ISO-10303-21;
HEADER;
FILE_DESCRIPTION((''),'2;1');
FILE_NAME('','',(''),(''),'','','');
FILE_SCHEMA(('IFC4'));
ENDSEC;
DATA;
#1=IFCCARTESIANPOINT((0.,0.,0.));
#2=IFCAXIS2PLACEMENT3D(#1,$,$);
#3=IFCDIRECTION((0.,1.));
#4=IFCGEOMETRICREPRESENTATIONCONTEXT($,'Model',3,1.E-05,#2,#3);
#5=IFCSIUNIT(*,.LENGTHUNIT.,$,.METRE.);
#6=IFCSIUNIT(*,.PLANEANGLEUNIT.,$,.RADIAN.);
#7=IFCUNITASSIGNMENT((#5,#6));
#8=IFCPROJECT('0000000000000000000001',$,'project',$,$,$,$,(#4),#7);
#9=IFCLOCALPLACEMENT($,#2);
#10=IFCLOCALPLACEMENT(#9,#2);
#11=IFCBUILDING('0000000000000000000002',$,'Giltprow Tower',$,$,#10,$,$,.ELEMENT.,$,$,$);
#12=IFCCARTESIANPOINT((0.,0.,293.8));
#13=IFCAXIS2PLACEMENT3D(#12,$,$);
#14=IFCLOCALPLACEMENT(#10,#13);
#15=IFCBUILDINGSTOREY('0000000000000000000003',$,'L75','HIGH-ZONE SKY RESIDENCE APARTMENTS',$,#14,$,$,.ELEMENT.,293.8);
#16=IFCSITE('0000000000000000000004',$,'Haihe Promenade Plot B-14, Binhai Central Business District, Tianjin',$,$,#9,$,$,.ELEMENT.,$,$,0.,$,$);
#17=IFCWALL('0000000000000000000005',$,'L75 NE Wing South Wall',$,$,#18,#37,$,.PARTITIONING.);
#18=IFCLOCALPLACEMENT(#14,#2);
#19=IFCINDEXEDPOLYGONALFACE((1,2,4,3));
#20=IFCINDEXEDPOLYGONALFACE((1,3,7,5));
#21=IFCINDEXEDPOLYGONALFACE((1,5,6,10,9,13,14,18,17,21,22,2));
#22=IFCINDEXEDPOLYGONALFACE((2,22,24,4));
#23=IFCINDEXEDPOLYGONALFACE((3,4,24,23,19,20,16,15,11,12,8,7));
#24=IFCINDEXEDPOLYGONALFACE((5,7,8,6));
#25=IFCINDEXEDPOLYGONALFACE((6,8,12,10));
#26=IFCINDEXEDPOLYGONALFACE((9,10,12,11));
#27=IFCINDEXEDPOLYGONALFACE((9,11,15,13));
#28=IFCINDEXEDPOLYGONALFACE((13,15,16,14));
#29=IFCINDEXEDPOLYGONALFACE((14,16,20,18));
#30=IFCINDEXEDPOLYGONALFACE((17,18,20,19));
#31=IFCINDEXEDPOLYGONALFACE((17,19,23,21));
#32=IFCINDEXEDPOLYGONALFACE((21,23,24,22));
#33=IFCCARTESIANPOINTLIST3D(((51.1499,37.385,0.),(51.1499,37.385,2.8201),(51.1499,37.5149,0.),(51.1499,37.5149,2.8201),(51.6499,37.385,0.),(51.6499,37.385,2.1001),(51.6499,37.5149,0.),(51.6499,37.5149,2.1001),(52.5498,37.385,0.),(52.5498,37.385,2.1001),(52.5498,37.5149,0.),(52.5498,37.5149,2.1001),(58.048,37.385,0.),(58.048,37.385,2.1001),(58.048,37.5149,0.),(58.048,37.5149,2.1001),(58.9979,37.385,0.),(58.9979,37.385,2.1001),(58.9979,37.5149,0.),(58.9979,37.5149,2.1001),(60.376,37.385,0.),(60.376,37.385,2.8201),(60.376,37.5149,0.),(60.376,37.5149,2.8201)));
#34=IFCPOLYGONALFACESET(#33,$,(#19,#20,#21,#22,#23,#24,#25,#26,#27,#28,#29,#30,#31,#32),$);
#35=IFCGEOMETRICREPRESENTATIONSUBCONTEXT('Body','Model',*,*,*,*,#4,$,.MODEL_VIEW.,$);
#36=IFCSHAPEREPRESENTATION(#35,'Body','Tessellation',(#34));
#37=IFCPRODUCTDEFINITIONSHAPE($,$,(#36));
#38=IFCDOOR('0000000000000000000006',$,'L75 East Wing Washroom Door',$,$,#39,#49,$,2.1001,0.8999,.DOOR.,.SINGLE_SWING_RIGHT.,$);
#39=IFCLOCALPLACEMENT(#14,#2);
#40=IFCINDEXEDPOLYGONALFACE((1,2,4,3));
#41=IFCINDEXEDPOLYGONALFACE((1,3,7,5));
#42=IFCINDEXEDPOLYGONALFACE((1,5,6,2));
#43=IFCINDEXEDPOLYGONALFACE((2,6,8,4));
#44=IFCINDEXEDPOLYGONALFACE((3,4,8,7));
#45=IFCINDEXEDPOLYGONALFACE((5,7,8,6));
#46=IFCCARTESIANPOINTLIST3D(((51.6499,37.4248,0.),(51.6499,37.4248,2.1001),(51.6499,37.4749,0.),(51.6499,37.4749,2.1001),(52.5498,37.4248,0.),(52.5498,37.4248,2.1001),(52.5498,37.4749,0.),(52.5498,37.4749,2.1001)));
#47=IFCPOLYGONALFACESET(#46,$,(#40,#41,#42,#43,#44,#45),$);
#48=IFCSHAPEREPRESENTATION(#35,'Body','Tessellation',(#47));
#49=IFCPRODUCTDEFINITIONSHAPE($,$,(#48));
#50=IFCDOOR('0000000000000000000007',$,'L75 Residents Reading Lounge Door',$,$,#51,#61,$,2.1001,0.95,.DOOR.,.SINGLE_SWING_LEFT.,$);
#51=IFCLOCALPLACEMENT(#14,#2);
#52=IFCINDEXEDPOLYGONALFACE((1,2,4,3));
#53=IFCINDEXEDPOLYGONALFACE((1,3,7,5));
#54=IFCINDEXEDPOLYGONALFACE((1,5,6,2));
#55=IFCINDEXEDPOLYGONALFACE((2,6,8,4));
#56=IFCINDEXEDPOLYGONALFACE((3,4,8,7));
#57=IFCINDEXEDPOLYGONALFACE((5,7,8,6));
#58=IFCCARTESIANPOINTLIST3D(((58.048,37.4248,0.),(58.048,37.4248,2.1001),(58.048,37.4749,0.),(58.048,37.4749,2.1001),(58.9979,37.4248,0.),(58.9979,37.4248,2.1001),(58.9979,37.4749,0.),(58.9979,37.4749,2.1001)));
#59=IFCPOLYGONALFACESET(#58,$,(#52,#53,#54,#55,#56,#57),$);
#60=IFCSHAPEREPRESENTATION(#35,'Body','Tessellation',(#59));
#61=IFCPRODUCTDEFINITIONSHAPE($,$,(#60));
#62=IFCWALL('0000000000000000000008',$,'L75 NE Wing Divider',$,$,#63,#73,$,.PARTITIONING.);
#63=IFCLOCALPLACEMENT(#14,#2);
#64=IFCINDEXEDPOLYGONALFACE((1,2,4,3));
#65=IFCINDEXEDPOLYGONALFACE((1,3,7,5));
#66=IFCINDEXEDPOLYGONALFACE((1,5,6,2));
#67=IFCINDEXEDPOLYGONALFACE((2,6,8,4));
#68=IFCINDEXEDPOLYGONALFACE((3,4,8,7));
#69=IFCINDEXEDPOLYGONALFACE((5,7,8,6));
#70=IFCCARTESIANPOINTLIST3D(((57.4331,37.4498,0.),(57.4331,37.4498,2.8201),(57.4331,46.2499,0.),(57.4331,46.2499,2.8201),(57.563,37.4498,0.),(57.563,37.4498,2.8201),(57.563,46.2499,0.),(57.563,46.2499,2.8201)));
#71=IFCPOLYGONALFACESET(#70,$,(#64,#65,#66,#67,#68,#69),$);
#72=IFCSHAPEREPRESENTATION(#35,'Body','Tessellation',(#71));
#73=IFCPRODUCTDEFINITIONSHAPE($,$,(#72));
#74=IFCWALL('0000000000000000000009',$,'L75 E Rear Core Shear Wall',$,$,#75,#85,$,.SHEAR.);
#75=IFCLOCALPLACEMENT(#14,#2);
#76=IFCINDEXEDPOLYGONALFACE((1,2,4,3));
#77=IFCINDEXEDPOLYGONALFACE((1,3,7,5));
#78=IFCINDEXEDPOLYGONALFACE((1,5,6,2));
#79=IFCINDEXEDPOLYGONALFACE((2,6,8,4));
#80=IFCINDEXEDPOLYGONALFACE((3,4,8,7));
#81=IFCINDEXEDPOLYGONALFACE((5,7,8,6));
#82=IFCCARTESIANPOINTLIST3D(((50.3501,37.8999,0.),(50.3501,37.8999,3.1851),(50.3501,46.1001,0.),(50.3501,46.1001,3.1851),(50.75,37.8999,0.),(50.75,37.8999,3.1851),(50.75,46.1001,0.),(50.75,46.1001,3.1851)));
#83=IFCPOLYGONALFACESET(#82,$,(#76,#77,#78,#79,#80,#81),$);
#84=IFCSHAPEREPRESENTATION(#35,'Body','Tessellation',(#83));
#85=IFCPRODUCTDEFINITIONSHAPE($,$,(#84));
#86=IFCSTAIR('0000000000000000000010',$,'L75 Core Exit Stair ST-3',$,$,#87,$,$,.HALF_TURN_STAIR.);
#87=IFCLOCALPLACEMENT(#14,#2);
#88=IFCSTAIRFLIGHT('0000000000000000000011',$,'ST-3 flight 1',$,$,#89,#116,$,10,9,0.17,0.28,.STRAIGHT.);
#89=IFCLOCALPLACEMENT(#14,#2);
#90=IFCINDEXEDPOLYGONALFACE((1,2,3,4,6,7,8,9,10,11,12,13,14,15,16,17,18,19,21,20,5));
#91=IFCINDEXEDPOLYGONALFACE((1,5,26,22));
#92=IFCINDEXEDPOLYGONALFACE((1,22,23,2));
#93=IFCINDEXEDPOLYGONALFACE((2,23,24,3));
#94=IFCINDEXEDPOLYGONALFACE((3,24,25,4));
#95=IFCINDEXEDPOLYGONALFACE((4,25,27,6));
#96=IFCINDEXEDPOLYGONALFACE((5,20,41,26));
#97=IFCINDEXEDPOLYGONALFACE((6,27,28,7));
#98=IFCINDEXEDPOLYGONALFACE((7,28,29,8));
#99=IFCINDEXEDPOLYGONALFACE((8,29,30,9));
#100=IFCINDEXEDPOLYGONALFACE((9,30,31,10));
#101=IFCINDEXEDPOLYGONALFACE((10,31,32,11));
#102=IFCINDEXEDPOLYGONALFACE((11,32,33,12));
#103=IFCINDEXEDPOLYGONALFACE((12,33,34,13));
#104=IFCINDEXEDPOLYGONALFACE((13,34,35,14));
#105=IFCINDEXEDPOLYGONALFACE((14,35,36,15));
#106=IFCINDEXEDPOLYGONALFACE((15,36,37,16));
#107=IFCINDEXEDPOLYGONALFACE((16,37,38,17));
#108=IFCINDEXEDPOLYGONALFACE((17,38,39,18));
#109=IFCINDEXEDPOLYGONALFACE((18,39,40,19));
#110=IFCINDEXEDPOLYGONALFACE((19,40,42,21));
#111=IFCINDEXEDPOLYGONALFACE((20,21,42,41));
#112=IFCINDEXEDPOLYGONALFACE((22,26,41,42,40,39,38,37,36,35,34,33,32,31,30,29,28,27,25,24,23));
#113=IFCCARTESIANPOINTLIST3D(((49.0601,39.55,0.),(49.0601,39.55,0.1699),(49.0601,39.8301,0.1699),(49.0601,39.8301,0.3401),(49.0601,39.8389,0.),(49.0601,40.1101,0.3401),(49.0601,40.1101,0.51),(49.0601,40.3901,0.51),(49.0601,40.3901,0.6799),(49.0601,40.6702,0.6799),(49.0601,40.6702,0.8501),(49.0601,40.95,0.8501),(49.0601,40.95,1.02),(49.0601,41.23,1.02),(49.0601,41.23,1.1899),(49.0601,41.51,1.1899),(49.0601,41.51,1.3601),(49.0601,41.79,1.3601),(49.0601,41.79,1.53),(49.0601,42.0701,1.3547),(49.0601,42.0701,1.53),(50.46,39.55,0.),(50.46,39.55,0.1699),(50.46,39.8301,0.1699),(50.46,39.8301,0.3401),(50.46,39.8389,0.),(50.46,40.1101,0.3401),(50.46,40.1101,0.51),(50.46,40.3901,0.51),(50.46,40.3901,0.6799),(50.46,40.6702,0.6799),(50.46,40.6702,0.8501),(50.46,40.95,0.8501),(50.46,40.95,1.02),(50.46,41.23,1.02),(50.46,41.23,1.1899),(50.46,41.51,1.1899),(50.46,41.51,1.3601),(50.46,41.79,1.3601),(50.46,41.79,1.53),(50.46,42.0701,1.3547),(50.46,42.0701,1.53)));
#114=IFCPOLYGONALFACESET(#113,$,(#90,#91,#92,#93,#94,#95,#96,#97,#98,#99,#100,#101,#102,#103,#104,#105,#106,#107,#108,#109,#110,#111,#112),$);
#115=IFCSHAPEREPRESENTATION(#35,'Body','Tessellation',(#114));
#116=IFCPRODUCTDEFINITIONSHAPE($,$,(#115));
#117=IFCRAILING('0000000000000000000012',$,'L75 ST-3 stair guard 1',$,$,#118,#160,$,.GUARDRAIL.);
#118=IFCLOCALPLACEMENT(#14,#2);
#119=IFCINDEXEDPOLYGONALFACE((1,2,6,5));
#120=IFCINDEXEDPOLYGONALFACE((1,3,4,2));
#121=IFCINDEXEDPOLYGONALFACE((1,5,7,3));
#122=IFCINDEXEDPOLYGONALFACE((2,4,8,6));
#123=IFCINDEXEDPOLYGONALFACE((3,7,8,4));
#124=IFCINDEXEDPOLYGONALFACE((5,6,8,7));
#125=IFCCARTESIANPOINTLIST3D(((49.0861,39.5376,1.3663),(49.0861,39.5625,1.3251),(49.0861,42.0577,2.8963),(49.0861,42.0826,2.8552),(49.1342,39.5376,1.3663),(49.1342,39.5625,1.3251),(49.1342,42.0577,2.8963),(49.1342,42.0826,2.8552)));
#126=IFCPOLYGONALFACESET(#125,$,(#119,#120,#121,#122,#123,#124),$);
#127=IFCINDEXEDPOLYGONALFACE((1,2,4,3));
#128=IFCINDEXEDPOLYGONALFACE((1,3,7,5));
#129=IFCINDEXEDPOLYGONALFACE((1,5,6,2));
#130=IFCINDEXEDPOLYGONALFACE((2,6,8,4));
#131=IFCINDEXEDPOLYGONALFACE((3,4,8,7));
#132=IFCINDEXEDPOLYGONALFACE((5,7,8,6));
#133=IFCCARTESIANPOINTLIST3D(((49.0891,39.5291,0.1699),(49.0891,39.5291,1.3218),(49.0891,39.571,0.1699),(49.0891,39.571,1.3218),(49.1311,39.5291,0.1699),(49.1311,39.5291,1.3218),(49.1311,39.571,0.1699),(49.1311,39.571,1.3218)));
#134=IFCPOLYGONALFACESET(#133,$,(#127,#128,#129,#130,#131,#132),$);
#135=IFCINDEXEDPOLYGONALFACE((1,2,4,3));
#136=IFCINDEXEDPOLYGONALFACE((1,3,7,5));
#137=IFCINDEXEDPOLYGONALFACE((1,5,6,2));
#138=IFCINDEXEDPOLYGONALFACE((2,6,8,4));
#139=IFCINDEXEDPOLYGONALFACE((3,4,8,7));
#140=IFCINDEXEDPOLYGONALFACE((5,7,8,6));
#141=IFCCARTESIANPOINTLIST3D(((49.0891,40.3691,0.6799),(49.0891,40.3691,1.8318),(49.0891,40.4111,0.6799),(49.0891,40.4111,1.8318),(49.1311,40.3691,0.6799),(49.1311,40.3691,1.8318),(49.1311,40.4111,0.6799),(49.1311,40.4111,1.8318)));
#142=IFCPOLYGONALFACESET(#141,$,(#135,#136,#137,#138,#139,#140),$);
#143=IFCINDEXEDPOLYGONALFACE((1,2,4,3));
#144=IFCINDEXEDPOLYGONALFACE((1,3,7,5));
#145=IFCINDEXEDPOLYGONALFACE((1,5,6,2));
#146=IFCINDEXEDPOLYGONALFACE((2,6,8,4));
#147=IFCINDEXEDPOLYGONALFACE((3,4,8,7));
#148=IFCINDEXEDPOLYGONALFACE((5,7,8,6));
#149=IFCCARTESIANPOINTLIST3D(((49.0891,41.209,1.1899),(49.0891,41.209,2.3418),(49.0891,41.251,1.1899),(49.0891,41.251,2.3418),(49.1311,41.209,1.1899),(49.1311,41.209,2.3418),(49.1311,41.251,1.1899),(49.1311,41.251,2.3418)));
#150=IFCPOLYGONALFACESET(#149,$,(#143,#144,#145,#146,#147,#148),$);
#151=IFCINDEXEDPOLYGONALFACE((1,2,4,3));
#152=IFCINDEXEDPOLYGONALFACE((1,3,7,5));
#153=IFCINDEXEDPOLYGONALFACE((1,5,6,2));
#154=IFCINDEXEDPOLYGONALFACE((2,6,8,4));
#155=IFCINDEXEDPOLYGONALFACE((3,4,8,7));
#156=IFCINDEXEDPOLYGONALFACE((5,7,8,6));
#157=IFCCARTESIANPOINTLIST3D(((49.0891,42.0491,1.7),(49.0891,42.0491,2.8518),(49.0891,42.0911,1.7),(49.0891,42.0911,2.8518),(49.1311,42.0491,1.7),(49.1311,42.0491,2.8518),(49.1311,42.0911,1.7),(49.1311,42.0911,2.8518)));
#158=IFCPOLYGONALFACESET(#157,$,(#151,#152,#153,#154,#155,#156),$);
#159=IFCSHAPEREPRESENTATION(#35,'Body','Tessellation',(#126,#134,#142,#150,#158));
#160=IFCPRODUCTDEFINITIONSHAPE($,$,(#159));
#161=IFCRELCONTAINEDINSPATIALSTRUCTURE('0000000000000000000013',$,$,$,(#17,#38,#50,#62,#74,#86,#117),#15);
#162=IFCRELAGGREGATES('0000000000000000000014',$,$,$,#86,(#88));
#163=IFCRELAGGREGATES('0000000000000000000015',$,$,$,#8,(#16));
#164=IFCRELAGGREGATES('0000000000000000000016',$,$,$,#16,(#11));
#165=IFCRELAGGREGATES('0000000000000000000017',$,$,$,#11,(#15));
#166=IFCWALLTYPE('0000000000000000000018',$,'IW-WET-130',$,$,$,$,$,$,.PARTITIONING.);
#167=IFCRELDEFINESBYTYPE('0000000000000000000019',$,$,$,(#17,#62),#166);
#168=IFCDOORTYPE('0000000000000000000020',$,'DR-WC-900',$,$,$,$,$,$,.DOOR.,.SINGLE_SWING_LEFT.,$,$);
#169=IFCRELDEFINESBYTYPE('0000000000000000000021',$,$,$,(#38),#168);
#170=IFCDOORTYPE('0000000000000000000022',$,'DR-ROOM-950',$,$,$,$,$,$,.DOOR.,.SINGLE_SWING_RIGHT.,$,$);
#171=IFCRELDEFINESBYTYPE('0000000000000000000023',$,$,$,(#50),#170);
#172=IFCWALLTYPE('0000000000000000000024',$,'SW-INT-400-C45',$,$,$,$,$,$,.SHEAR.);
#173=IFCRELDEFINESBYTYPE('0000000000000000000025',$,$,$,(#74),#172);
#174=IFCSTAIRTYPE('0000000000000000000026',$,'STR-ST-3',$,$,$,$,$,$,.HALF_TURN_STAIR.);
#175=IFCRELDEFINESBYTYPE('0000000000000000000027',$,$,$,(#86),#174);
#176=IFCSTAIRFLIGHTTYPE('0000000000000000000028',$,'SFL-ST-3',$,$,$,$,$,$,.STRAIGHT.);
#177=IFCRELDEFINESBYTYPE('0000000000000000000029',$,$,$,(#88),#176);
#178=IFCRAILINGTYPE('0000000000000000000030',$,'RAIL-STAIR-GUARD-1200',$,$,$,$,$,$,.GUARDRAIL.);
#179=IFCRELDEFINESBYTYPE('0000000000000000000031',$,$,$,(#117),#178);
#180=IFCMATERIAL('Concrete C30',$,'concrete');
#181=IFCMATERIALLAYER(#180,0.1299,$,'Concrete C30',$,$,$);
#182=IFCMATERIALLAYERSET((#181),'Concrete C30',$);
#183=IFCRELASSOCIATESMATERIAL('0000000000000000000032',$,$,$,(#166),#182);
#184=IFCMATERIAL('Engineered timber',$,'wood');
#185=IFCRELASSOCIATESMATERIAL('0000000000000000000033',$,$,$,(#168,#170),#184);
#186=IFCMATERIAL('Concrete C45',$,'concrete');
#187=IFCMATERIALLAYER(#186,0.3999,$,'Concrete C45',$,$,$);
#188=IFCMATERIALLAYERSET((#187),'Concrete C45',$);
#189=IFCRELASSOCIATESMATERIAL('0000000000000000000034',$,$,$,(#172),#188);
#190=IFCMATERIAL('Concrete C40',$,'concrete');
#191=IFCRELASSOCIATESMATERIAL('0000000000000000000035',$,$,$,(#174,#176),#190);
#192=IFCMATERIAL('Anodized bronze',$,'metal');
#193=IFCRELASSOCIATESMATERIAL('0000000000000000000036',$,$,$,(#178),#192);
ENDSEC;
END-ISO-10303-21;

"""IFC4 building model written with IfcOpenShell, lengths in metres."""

from ifc_helpers import new_model, si_unit, direction, frame, frame_2d, origin, origin_2d, place, context, subcontext, project, spatial, polyline, rectangle, outline, extrude, source, transform, mapped, material, layer, layer_set, type_object, element, fill, aggregate, save


model = new_model("IFC4")

# Units and contexts
model_context = context("Model", 3, precision=1e-05, world=origin(), true_north=direction((0.0, 1.0)))
body_context = subcontext(model_context, "Body", "Model", "MODEL_VIEW")
ifc_project = project(units=[si_unit("LENGTHUNIT", "METRE"), si_unit("PLANEANGLEUNIT", "RADIAN")], contexts=[model_context])

# Site, building, storey
site_placement = place(None, origin())
site = spatial("IfcSite", under=ifc_project, at=site_placement, Name="Haihe Promenade Plot B-14, Binhai Central Business District, Tianjin", CompositionType="ELEMENT", RefElevation=0.0)
building_placement = place(site_placement, origin())
building = spatial("IfcBuilding", under=site, at=building_placement, Name="Giltprow Tower", CompositionType="ELEMENT")
storey_placement = place(building_placement, frame((0.0, 0.0, 293.8)))
storey = spatial("IfcBuildingStorey", under=building, at=storey_placement, Name="L75", Description="HIGH-ZONE SKY RESIDENCE APARTMENTS", CompositionType="ELEMENT", Elevation=293.8)

# Shared definitions
ifc_material_1 = material(Name="Concrete C45", Category="concrete")

# Wall, openings, doors
ifc_material_2 = material(Name="Concrete C30", Category="concrete")
ifc_layer_1 = layer(ifc_material_2, 0.1299, Name="Concrete C30")
ifc_layer_set_1 = layer_set([ifc_layer_1], Name="Concrete C30")
wall_type_1 = type_object("IfcWallType", Name="IW-WET-130", PredefinedType="PARTITIONING", material=ifc_layer_set_1)
wall_1_placement = place(storey_placement, frame((51.1499, 37.45, 0.0), z_axis=(0.0, 0.0, 1.0), x_axis=(1.0, 0.0, 0.0)))
wall_1 = element("IfcWall", 1, at=wall_1_placement, inside=storey, type_object=wall_type_1, Name="L75 NE Wing South Wall", PredefinedType="PARTITIONING", context=body_context, shape_type="SweptSolid", body=[
    extrude(rectangle(XDim=9.2261, YDim=0.1299, at=frame_2d((4.613, 0.0))), origin(), (0.0, 0.0, 1.0), 2.8201),
])
opening_1_placement = place(wall_1_placement, frame((0.5, 0.0, 0.0)))
opening_1 = element("IfcOpeningElement", 2, at=opening_1_placement, cuts=wall_1, PredefinedType="OPENING", context=body_context, shape_type="SweptSolid", body=[
    extrude(rectangle(XDim=0.8999, YDim=2.1001, at=frame_2d((0.45, 1.05))), frame((0.0, 0.075, 0.0), z_axis=(0.0, -1.0, 0.0), x_axis=(1.0, 0.0, 0.0)), (0.0, 0.0, 1.0), 0.1499),
])
opening_2_placement = place(wall_1_placement, frame((6.8979, 0.0, 0.0)))
opening_2 = element("IfcOpeningElement", 3, at=opening_2_placement, cuts=wall_1, PredefinedType="OPENING", context=body_context, shape_type="SweptSolid", body=[
    extrude(rectangle(XDim=0.95, YDim=2.1001, at=frame_2d((0.4751, 1.05))), frame((0.0, 0.075, 0.0), z_axis=(0.0, -1.0, 0.0), x_axis=(1.0, 0.0, 0.0)), (0.0, 0.0, 1.0), 0.1499),
])
ifc_material_3 = material(Name="Engineered timber", Category="wood")
door_type_1 = type_object("IfcDoorType", Name="DR-WC-900", OperationType="SINGLE_SWING_LEFT", PredefinedType="DOOR", material=ifc_material_3)
shared_shape_1 = source(origin(), body_context, "Body", "SweptSolid", [
    extrude(rectangle(XDim=0.8999, YDim=2.1001, at=frame_2d((0.45, 1.05))), frame((0.0, 0.0249, 0.0), z_axis=(0.0, -1.0, 0.0), x_axis=(1.0, 0.0, 0.0)), (0.0, 0.0, 1.0), 0.05),
])
door_1_placement = place(opening_1_placement, origin())
door_1 = element("IfcDoor", 4, at=door_1_placement, inside=storey, type_object=door_type_1, Name="L75 East Wing Washroom Door", OperationType="SINGLE_SWING_RIGHT", OverallHeight=2.1001, OverallWidth=0.8999, PredefinedType="DOOR", context=body_context, shape_type="MappedRepresentation", body=[
    mapped(shared_shape_1, transform((0.0, 0.0, 0.0), x_axis=(1.0, 0.0, 0.0), y_axis=(0.0, 1.0, 0.0), z_axis=(0.0, 0.0, 1.0), scale=1.0)),
])
fill(opening_1, door_1)
door_type_2 = type_object("IfcDoorType", Name="DR-ROOM-950", OperationType="SINGLE_SWING_RIGHT", PredefinedType="DOOR", material=ifc_material_3)
shared_shape_2 = source(origin(), body_context, "Body", "SweptSolid", [
    extrude(rectangle(XDim=0.95, YDim=2.1001, at=frame_2d((0.4751, 1.05))), frame((0.0, 0.0249, 0.0), z_axis=(0.0, -1.0, 0.0), x_axis=(1.0, 0.0, 0.0)), (0.0, 0.0, 1.0), 0.05),
])
door_2_placement = place(opening_2_placement, origin())
door_2 = element("IfcDoor", 5, at=door_2_placement, inside=storey, type_object=door_type_2, Name="L75 Residents Reading Lounge Door", OperationType="SINGLE_SWING_LEFT", OverallHeight=2.1001, OverallWidth=0.95, PredefinedType="DOOR", context=body_context, shape_type="MappedRepresentation", body=[
    mapped(shared_shape_2, transform((0.0, 0.0, 0.0), x_axis=(1.0, 0.0, 0.0), y_axis=(0.0, 1.0, 0.0), z_axis=(0.0, 0.0, 1.0), scale=1.0)),
])
fill(opening_2, door_2)

# Walls
wall_2_placement = place(storey_placement, frame((57.498, 37.45, 0.0), z_axis=(0.0, 0.0, 1.0), x_axis=(0.0, 1.0, 0.0)))
element("IfcWall", 6, at=wall_2_placement, inside=storey, type_object=wall_type_1, Name="L75 NE Wing Divider", PredefinedType="PARTITIONING", context=body_context, shape_type="SweptSolid", body=[
    extrude(rectangle(XDim=8.8, YDim=0.1299, at=frame_2d((4.3999, 0.0))), origin(), (0.0, 0.0, 1.0), 2.8201),
])
ifc_layer_2 = layer(ifc_material_1, 0.3999, Name="Concrete C45")
ifc_layer_set_2 = layer_set([ifc_layer_2], Name="Concrete C45")
wall_type_2 = type_object("IfcWallType", Name="SW-INT-400-C45", PredefinedType="SHEAR", material=ifc_layer_set_2)
wall_3_placement = place(storey_placement, frame((50.55, 37.8999, 0.0), z_axis=(0.0, 0.0, 1.0), x_axis=(0.0, 1.0, 0.0)))
element("IfcWall", 7, at=wall_3_placement, inside=storey, type_object=wall_type_2, Name="L75 E Rear Core Shear Wall", PredefinedType="SHEAR", context=body_context, shape_type="SweptSolid", body=[
    extrude(rectangle(XDim=8.2002, YDim=0.3999, at=frame_2d((4.1001, 0.0))), origin(), (0.0, 0.0, 1.0), 3.1851),
])

# Stair, stair flight
ifc_material_4 = material(Name="Concrete C40", Category="concrete")
stair_type = type_object("IfcStairType", Name="STR-ST-3", PredefinedType="HALF_TURN_STAIR", material=ifc_material_4)
stair_placement = place(storey_placement, origin())
stair = element("IfcStair", 8, at=stair_placement, inside=storey, type_object=stair_type, Name="L75 Core Exit Stair ST-3", PredefinedType="HALF_TURN_STAIR")
stair_flight_type = type_object("IfcStairFlightType", Name="SFL-ST-3", PredefinedType="STRAIGHT", material=ifc_material_4)
stair_flight_placement = place(storey_placement, frame((49.76, 39.55, 0.0), z_axis=(0.0, 0.0, 1.0), x_axis=(0.0, 1.0, 0.0)))
stair_flight = element("IfcStairFlight", 9, at=stair_flight_placement, type_object=stair_flight_type, Name="ST-3 flight 1", NumberOfRisers=10, NumberOfTreads=9, PredefinedType="STRAIGHT", RiserHeight=0.17, TreadLength=0.28, context=body_context, shape_type="SweptSolid", body=[
    extrude(outline(polyline([(0.0, 0.0), (0.0, 0.1699), (0.28, 0.1699), (0.28, 0.3401), (0.5601, 0.3401), (0.5601, 0.51), (0.8401, 0.51), (0.8401, 0.6799), (1.1201, 0.6799), (1.1201, 0.8501), (1.3999, 0.8501), (1.3999, 1.02), (1.6799, 1.02), (1.6799, 1.1899), (1.96, 1.1899), (1.96, 1.3601), (2.24, 1.3601), (2.24, 1.53), (2.52, 1.53), (2.52, 1.7), (2.52, 1.3547), (0.2888, 0.0), (0.0, 0.0)])), frame((0.0, 0.7, 0.0), z_axis=(0.0, -1.0, 0.0), x_axis=(1.0, 0.0, 0.0)), (0.0, 0.0, 1.0), 1.3999),
])
aggregate(stair, [stair_flight])

# Railing
ifc_material_5 = material(Name="Anodized bronze", Category="metal")
railing_type_1 = type_object("IfcRailingType", Name="RAIL-STAIR-GUARD-1200", PredefinedType="GUARDRAIL", material=ifc_material_5)
railing_1_placement = place(storey_placement, frame((49.1101, 39.55, 0.1699)))
element("IfcRailing", 10, at=railing_1_placement, inside=storey, type_object=railing_type_1, Name="L75 ST-3 stair guard 1", PredefinedType="GUARDRAIL", context=body_context, shape_type="SweptSolid", body=[
    extrude(rectangle(XDim=0.0481, YDim=0.0481, at=origin_2d()), frame((0.0, 0.0, 1.1758), z_axis=(0.0, 0.854785, 0.518982), x_axis=(-1.0, 0.0, 0.0)), (0.0, 0.0, 1.0), 2.9482),
    extrude(rectangle(XDim=0.042, YDim=0.042, at=origin_2d()), origin(), (0.0, 0.0, 1.0), 1.1519),
    extrude(rectangle(XDim=0.042, YDim=0.042, at=origin_2d()), frame((0.0, 0.8401, 0.51)), (0.0, 0.0, 1.0), 1.1519),
    extrude(rectangle(XDim=0.042, YDim=0.042, at=origin_2d()), frame((0.0, 1.6799, 1.02)), (0.0, 0.0, 1.0), 1.1519),
    extrude(rectangle(XDim=0.042, YDim=0.042, at=origin_2d()), frame((0.0, 2.52, 1.53)), (0.0, 0.0, 1.0), 1.1519),
])

save(model, "model.ifc")
